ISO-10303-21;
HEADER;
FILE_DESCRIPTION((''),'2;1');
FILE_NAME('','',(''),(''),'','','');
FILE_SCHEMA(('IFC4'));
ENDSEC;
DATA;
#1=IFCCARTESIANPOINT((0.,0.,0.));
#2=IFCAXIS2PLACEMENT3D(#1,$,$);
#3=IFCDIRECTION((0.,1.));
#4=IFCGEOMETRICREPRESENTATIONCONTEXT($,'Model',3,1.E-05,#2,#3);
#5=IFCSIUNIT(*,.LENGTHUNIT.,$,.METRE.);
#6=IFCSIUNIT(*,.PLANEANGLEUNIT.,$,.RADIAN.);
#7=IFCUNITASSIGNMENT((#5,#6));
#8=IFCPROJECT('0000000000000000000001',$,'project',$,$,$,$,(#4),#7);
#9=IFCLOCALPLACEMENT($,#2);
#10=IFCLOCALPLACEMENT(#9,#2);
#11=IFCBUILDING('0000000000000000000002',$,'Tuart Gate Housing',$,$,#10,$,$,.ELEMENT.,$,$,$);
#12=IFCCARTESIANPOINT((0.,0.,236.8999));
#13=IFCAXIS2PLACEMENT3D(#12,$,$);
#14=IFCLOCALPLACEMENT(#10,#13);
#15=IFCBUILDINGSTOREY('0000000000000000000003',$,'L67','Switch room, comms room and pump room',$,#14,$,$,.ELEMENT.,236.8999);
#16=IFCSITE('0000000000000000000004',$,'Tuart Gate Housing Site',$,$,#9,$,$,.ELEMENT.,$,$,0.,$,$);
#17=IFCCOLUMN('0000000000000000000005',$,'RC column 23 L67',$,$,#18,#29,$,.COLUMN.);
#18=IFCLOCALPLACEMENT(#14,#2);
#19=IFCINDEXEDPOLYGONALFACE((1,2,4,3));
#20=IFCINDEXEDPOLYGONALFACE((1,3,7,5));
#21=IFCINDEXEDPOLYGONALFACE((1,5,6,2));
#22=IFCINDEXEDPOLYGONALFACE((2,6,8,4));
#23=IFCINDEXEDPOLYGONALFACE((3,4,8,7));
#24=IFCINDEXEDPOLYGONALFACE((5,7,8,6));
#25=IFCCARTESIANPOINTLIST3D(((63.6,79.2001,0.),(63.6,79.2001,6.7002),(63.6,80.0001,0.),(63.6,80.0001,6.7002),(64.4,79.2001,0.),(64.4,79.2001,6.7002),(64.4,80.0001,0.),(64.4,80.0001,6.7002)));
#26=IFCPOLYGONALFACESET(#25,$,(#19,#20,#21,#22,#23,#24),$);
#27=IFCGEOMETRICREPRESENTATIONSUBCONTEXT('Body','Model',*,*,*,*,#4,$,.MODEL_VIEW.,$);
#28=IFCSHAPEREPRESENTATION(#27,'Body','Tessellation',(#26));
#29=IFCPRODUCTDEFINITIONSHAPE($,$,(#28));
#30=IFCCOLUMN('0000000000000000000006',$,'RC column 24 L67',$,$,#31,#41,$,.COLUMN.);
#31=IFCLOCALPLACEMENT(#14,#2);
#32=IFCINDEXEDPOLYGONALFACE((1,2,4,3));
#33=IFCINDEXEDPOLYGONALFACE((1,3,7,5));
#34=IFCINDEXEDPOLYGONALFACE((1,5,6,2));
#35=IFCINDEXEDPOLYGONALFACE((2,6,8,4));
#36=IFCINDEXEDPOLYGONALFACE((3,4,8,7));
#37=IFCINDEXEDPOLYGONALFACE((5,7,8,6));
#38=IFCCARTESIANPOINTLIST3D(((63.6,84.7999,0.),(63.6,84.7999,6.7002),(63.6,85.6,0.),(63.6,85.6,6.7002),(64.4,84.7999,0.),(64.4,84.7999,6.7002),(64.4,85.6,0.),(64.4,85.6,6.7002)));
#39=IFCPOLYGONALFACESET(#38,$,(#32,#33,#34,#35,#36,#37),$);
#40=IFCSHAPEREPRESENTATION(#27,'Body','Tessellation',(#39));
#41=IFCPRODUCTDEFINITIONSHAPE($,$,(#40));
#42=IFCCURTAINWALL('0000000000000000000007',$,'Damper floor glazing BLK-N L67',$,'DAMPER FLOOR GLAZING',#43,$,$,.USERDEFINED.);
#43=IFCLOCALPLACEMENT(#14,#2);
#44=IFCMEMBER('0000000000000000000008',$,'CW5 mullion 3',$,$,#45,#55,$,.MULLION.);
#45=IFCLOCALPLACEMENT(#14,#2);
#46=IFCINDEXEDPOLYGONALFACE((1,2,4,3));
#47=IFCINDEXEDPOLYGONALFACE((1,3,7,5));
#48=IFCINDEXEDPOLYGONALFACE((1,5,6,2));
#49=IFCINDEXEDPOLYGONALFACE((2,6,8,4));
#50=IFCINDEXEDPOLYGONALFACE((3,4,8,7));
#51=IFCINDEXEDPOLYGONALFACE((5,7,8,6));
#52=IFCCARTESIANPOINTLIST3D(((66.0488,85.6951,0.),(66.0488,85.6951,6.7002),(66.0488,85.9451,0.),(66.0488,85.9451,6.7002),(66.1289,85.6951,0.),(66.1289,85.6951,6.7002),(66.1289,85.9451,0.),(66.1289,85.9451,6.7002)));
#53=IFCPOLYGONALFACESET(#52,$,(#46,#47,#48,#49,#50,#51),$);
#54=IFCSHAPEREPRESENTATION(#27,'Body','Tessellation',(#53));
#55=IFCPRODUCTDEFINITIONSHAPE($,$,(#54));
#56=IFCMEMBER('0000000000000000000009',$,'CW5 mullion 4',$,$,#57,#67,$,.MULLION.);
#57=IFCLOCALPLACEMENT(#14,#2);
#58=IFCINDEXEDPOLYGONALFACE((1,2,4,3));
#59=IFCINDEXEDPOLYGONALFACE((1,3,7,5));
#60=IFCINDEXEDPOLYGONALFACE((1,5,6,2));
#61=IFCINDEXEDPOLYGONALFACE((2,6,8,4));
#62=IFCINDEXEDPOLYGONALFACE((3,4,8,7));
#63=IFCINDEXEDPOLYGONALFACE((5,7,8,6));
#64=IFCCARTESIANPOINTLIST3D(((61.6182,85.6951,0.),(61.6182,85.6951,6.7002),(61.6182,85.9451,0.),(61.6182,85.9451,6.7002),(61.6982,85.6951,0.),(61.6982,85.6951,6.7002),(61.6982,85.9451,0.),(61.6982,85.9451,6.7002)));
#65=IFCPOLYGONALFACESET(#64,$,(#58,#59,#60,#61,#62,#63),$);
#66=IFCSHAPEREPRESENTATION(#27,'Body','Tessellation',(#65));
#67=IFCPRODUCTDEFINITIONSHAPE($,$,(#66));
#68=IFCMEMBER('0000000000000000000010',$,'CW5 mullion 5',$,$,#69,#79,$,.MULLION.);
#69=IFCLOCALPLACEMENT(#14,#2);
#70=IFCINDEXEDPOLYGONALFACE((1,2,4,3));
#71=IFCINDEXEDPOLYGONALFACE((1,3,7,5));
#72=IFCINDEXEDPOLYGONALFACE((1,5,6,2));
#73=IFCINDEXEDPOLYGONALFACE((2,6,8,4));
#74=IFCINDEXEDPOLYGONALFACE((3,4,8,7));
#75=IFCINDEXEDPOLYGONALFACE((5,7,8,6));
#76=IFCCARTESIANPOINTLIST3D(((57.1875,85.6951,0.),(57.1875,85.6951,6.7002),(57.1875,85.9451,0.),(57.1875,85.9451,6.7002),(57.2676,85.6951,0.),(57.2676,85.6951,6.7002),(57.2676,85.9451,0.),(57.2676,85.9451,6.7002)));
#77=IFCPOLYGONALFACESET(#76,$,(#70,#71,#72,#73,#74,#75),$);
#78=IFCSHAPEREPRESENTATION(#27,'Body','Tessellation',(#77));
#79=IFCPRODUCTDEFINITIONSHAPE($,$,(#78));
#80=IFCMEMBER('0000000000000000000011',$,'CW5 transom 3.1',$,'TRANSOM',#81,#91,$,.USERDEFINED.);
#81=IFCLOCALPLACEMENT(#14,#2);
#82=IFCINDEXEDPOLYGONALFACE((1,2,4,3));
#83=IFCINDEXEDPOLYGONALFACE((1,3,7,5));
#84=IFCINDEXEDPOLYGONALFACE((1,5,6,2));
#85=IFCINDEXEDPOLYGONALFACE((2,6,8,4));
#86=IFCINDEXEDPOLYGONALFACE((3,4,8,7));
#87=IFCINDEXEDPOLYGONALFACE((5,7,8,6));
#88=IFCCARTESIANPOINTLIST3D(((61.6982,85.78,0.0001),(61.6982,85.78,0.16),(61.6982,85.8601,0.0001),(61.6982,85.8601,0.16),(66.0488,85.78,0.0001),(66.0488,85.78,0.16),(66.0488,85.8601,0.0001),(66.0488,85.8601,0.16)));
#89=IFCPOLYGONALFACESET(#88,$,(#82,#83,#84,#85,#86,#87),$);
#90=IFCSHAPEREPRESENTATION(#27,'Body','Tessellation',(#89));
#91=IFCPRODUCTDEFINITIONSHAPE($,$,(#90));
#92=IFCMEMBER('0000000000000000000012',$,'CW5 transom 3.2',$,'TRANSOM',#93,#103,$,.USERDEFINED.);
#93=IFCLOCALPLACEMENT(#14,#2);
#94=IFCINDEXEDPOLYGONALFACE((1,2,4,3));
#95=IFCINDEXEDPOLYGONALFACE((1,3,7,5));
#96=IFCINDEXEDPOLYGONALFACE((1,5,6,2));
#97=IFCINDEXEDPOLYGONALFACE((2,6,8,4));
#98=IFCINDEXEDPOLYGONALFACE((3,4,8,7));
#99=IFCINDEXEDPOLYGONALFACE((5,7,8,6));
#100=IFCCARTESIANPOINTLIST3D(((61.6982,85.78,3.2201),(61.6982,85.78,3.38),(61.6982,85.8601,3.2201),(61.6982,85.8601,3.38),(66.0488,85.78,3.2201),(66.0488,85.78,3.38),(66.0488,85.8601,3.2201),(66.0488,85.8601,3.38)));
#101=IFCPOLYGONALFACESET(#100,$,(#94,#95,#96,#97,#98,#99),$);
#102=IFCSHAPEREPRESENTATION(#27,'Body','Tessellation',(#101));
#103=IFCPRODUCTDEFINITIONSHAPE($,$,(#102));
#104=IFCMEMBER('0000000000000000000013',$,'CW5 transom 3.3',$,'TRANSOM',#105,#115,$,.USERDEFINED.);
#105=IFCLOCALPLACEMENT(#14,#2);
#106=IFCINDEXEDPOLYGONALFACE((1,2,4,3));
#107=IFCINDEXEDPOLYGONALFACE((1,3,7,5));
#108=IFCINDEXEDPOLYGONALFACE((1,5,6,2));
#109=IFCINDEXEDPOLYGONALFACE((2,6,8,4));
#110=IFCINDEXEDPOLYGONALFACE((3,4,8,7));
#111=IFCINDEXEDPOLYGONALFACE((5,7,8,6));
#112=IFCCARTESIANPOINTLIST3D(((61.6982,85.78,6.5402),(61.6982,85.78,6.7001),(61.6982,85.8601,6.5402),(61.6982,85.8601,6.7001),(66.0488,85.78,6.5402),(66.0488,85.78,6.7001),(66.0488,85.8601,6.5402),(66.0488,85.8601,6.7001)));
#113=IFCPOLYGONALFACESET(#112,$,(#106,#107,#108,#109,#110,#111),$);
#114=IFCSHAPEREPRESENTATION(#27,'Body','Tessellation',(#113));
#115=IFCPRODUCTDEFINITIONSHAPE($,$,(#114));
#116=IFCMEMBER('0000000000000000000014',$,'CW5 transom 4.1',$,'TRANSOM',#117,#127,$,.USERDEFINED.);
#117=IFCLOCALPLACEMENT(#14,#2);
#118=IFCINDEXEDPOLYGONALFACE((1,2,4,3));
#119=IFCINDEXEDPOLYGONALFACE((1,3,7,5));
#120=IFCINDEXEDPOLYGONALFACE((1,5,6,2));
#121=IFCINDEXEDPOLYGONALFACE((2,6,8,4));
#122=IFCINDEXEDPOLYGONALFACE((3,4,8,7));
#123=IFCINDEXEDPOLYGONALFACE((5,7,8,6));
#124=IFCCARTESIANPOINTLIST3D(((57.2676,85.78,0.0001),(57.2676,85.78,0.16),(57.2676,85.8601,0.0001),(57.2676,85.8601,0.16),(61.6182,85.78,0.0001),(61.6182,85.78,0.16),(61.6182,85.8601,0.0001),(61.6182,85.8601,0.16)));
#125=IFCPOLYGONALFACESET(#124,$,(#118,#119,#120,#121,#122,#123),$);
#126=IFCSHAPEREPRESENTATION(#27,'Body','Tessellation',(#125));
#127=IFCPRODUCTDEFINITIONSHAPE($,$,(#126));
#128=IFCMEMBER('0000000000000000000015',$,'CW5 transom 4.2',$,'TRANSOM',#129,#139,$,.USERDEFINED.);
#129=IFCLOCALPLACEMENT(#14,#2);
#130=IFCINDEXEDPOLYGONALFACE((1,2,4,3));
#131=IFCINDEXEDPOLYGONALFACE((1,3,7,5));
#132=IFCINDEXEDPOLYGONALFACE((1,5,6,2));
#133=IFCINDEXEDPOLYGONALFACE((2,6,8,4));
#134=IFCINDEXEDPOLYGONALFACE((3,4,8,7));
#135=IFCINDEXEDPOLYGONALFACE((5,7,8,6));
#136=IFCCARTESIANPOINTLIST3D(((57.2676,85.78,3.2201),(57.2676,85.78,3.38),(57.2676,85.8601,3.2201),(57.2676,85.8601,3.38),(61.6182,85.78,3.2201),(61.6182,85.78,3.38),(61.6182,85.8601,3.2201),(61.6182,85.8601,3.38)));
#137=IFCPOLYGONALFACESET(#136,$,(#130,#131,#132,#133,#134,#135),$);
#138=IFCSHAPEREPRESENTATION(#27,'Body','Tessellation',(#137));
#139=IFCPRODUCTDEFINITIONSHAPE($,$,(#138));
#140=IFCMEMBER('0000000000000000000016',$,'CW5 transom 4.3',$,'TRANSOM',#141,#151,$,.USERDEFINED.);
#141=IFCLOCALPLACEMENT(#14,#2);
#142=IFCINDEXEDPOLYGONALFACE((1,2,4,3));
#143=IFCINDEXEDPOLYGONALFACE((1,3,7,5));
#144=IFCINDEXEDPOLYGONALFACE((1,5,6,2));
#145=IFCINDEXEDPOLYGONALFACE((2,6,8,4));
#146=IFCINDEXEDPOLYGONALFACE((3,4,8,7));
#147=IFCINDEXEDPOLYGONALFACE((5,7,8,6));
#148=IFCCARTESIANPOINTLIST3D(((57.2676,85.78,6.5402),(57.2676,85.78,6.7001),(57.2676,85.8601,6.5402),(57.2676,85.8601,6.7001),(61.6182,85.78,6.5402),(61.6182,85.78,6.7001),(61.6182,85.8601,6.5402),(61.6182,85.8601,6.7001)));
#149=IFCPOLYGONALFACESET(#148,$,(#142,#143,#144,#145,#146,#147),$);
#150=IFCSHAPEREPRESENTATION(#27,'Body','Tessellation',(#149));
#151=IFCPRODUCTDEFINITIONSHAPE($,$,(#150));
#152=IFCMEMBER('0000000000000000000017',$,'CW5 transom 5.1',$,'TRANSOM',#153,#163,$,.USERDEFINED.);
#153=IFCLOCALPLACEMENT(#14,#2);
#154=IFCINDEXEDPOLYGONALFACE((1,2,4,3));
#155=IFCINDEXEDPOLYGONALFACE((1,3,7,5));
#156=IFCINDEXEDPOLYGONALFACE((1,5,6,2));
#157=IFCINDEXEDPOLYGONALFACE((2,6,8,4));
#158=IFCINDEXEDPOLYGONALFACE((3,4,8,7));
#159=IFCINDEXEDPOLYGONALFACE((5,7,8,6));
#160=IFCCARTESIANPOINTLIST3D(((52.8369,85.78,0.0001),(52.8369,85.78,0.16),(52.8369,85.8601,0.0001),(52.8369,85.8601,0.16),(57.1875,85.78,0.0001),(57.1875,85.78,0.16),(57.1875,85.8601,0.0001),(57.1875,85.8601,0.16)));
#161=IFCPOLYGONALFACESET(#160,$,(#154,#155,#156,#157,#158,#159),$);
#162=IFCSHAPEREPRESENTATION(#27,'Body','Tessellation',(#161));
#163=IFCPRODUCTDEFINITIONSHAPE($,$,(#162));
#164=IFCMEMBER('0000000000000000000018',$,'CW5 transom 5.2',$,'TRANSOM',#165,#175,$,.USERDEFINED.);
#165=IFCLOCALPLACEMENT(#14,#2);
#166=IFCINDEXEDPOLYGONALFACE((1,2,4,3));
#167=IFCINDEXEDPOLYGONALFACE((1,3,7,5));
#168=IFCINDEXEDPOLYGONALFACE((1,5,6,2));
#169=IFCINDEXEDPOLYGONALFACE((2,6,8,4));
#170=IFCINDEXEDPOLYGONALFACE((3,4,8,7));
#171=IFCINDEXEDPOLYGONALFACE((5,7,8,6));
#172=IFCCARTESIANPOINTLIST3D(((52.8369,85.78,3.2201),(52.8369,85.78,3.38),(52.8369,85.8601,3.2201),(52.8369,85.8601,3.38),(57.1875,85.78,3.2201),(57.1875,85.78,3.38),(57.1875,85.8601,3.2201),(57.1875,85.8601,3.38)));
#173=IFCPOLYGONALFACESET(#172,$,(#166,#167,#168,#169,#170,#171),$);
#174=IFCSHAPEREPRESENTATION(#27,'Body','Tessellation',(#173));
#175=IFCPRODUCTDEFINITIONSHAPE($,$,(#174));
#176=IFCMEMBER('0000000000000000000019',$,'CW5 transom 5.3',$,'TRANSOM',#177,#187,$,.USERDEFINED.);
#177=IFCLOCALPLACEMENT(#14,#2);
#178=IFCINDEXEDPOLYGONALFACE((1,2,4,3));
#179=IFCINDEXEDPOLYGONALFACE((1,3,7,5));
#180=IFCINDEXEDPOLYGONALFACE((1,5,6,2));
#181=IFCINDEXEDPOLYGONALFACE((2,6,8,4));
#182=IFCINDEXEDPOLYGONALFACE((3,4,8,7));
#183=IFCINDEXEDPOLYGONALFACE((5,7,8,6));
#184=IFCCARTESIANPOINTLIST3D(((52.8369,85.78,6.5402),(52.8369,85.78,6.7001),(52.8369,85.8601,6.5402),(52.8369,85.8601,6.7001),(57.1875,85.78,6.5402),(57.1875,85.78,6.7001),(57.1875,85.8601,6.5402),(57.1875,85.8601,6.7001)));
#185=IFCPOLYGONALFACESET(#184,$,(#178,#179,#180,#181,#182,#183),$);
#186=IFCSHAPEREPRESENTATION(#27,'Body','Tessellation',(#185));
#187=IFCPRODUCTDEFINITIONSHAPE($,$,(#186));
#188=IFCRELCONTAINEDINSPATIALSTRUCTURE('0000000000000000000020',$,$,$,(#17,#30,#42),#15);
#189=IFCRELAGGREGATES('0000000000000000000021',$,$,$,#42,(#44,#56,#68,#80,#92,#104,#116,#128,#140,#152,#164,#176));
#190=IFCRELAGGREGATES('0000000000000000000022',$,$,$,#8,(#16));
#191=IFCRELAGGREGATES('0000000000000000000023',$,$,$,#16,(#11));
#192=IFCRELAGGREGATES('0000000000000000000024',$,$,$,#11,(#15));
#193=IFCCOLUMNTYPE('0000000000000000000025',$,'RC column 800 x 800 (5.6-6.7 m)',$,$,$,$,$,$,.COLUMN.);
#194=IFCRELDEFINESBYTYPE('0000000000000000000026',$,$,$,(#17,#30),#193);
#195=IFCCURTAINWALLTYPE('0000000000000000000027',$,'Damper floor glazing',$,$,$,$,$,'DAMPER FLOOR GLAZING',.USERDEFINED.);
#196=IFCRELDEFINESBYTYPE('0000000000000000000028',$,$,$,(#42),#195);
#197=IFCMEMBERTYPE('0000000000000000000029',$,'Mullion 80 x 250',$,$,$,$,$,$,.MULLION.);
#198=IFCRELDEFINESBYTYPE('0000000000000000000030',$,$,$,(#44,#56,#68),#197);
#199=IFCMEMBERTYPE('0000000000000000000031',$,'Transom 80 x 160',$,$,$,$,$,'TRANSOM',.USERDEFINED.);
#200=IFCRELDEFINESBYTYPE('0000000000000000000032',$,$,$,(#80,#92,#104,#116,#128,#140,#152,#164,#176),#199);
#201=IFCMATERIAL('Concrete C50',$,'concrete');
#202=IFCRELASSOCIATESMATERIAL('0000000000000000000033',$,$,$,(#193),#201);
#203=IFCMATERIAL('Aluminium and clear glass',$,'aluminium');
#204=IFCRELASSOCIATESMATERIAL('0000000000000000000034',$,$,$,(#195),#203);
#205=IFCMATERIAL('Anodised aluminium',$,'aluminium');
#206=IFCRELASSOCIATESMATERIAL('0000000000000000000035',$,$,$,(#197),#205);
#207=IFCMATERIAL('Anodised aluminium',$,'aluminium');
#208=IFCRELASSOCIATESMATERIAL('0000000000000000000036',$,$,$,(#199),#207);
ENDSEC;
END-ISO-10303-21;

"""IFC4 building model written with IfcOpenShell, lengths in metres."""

from ifc_helpers import new_model, si_unit, direction, frame, origin, origin_2d, place, context, subcontext, project, spatial, rectangle, extrude, material, material_profile, profile_set, type_object, element, aggregate, save


model = new_model("IFC4")

# Units and contexts
model_context = context("Model", 3, precision=1e-05, world=origin(), true_north=direction((0.0, 1.0)))
body_context = subcontext(model_context, "Body", "Model", "MODEL_VIEW")
ifc_project = project(units=[si_unit("LENGTHUNIT", "METRE"), si_unit("PLANEANGLEUNIT", "RADIAN")], contexts=[model_context])

# Site, building, storey
site_placement = place(None, origin())
site = spatial("IfcSite", under=ifc_project, at=site_placement, Name="Tuart Gate Housing Site", CompositionType="ELEMENT", RefElevation=0.0)
building_placement = place(site_placement, origin())
building = spatial("IfcBuilding", under=site, at=building_placement, Name="Tuart Gate Housing", CompositionType="ELEMENT")
storey_placement = place(building_placement, frame((0.0, 0.0, 236.8999)))
storey = spatial("IfcBuildingStorey", under=building, at=storey_placement, Name="L67", Description="Switch room, comms room and pump room", CompositionType="ELEMENT", Elevation=236.8999)

# Columns
ifc_material_1 = material(Name="Concrete C50", Category="concrete")
ifc_material_profile_1 = material_profile(ifc_material_1, rectangle(XDim=0.8, YDim=0.8, at=origin_2d()), Name="RC column 800 x 800 (5.6-6.7 m)")
ifc_profile_set_1 = profile_set([ifc_material_profile_1], Name="Concrete C50")
column_type = type_object("IfcColumnType", Name="RC column 800 x 800 (5.6-6.7 m)", PredefinedType="COLUMN", material=ifc_profile_set_1)
for number, where, z_axis, x_axis, name in (
    (1, (64.0, 79.6001, 0.0), (0.0, 0.0, 1.0), (1.0, 0.0, 0.0), "RC column 23 L67"),
    (2, (64.0, 85.2, 0.0), (0.0, 0.0, 1.0), (1.0, 0.0, 0.0), "RC column 24 L67"),
):
    element("IfcColumn", number, at=place(storey_placement, frame(where, z_axis=z_axis, x_axis=x_axis)), inside=storey, type_object=column_type, Name=name, PredefinedType="COLUMN", context=body_context, shape_type="SweptSolid", body=[
        extrude(rectangle(XDim=0.8, YDim=0.8, at=origin_2d()), origin(), (0.0, 0.0, 1.0), 6.7002),
    ])

# Curtain wall, members
ifc_material_2 = material(Name="Aluminium and clear glass", Category="aluminium")
curtain_wall_type = type_object("IfcCurtainWallType", Name="Damper floor glazing", ElementType="DAMPER FLOOR GLAZING", PredefinedType="USERDEFINED", material=ifc_material_2)
curtain_wall_placement = place(storey_placement, origin())
curtain_wall = element("IfcCurtainWall", 3, at=curtain_wall_placement, inside=storey, type_object=curtain_wall_type, Name="Damper floor glazing BLK-N L67", ObjectType="DAMPER FLOOR GLAZING", PredefinedType="USERDEFINED")
ifc_material_3 = material(Name="Anodised aluminium", Category="aluminium")
ifc_material_profile_2 = material_profile(ifc_material_3, rectangle(XDim=0.0801, YDim=0.25, at=origin_2d()), Name="80x250")
ifc_profile_set_2 = profile_set([ifc_material_profile_2], Name="Anodised aluminium")
member_type_1 = type_object("IfcMemberType", Name="Mullion 80 x 250", PredefinedType="MULLION", material=ifc_profile_set_2)
member_1_placement = place(storey_placement, frame((66.0889, 85.8201, 0.0), z_axis=(0.0, 0.0, 1.0), x_axis=(-1.0, 0.0, 0.0)))
member_1 = element("IfcMember", 4, at=member_1_placement, type_object=member_type_1, Name="CW5 mullion 3", PredefinedType="MULLION", context=body_context, shape_type="SweptSolid", body=[
    extrude(rectangle(XDim=0.0801, YDim=0.25, at=origin_2d()), origin(), (0.0, 0.0, 1.0), 6.7002),
])
member_2_placement = place(storey_placement, frame((61.6582, 85.8201, 0.0), z_axis=(0.0, 0.0, 1.0), x_axis=(-1.0, 0.0, 0.0)))
member_2 = element("IfcMember", 5, at=member_2_placement, type_object=member_type_1, Name="CW5 mullion 4", PredefinedType="MULLION", context=body_context, shape_type="SweptSolid", body=[
    extrude(rectangle(XDim=0.0801, YDim=0.25, at=origin_2d()), origin(), (0.0, 0.0, 1.0), 6.7002),
])
member_3_placement = place(storey_placement, frame((57.2275, 85.8201, 0.0), z_axis=(0.0, 0.0, 1.0), x_axis=(-1.0, 0.0, 0.0)))
member_3 = element("IfcMember", 6, at=member_3_placement, type_object=member_type_1, Name="CW5 mullion 5", PredefinedType="MULLION", context=body_context, shape_type="SweptSolid", body=[
    extrude(rectangle(XDim=0.0801, YDim=0.25, at=origin_2d()), origin(), (0.0, 0.0, 1.0), 6.7002),
])
ifc_material_4 = material(Name="Anodised aluminium", Category="aluminium")
ifc_material_profile_3 = material_profile(ifc_material_4, rectangle(XDim=0.0801, YDim=0.1599, at=origin_2d()), Name="80x160")
ifc_profile_set_3 = profile_set([ifc_material_profile_3], Name="Anodised aluminium")
member_type_2 = type_object("IfcMemberType", Name="Transom 80 x 160", ElementType="TRANSOM", PredefinedType="USERDEFINED", material=ifc_profile_set_3)
member_4_placement = place(storey_placement, frame((66.0488, 85.8201, 0.0801), z_axis=(-1.0, 0.0, 0.0), x_axis=(0.0, -1.0, 0.0)))
member_4 = element("IfcMember", 7, at=member_4_placement, type_object=member_type_2, Name="CW5 transom 3.1", ObjectType="TRANSOM", PredefinedType="USERDEFINED", context=body_context, shape_type="SweptSolid", body=[
    extrude(rectangle(XDim=0.0801, YDim=0.1599, at=origin_2d()), origin(), (0.0, 0.0, 1.0), 4.3506),
])
member_5_placement = place(storey_placement, frame((66.0488, 85.8201, 3.3), z_axis=(-1.0, 0.0, 0.0), x_axis=(0.0, -1.0, 0.0)))
member_5 = element("IfcMember", 8, at=member_5_placement, type_object=member_type_2, Name="CW5 transom 3.2", ObjectType="TRANSOM", PredefinedType="USERDEFINED", context=body_context, shape_type="SweptSolid", body=[
    extrude(rectangle(XDim=0.0801, YDim=0.1599, at=origin_2d()), origin(), (0.0, 0.0, 1.0), 4.3506),
])
member_6_placement = place(storey_placement, frame((66.0488, 85.8201, 6.6201), z_axis=(-1.0, 0.0, 0.0), x_axis=(0.0, -1.0, 0.0)))
member_6 = element("IfcMember", 9, at=member_6_placement, type_object=member_type_2, Name="CW5 transom 3.3", ObjectType="TRANSOM", PredefinedType="USERDEFINED", context=body_context, shape_type="SweptSolid", body=[
    extrude(rectangle(XDim=0.0801, YDim=0.1599, at=origin_2d()), origin(), (0.0, 0.0, 1.0), 4.3506),
])
member_7_placement = place(storey_placement, frame((61.6182, 85.8201, 0.0801), z_axis=(-1.0, 0.0, 0.0), x_axis=(0.0, -1.0, 0.0)))
member_7 = element("IfcMember", 10, at=member_7_placement, type_object=member_type_2, Name="CW5 transom 4.1", ObjectType="TRANSOM", PredefinedType="USERDEFINED", context=body_context, shape_type="SweptSolid", body=[
    extrude(rectangle(XDim=0.0801, YDim=0.1599, at=origin_2d()), origin(), (0.0, 0.0, 1.0), 4.3506),
])
member_8_placement = place(storey_placement, frame((61.6182, 85.8201, 3.3), z_axis=(-1.0, 0.0, 0.0), x_axis=(0.0, -1.0, 0.0)))
member_8 = element("IfcMember", 11, at=member_8_placement, type_object=member_type_2, Name="CW5 transom 4.2", ObjectType="TRANSOM", PredefinedType="USERDEFINED", context=body_context, shape_type="SweptSolid", body=[
    extrude(rectangle(XDim=0.0801, YDim=0.1599, at=origin_2d()), origin(), (0.0, 0.0, 1.0), 4.3506),
])
member_9_placement = place(storey_placement, frame((61.6182, 85.8201, 6.6201), z_axis=(-1.0, 0.0, 0.0), x_axis=(0.0, -1.0, 0.0)))
member_9 = element("IfcMember", 12, at=member_9_placement, type_object=member_type_2, Name="CW5 transom 4.3", ObjectType="TRANSOM", PredefinedType="USERDEFINED", context=body_context, shape_type="SweptSolid", body=[
    extrude(rectangle(XDim=0.0801, YDim=0.1599, at=origin_2d()), origin(), (0.0, 0.0, 1.0), 4.3506),
])
member_10_placement = place(storey_placement, frame((57.1875, 85.8201, 0.0801), z_axis=(-1.0, 0.0, 0.0), x_axis=(0.0, -1.0, 0.0)))
member_10 = element("IfcMember", 13, at=member_10_placement, type_object=member_type_2, Name="CW5 transom 5.1", ObjectType="TRANSOM", PredefinedType="USERDEFINED", context=body_context, shape_type="SweptSolid", body=[
    extrude(rectangle(XDim=0.0801, YDim=0.1599, at=origin_2d()), origin(), (0.0, 0.0, 1.0), 4.3506),
])
member_11_placement = place(storey_placement, frame((57.1875, 85.8201, 3.3), z_axis=(-1.0, 0.0, 0.0), x_axis=(0.0, -1.0, 0.0)))
member_11 = element("IfcMember", 14, at=member_11_placement, type_object=member_type_2, Name="CW5 transom 5.2", ObjectType="TRANSOM", PredefinedType="USERDEFINED", context=body_context, shape_type="SweptSolid", body=[
    extrude(rectangle(XDim=0.0801, YDim=0.1599, at=origin_2d()), origin(), (0.0, 0.0, 1.0), 4.3506),
])
member_12_placement = place(storey_placement, frame((57.1875, 85.8201, 6.6201), z_axis=(-1.0, 0.0, 0.0), x_axis=(0.0, -1.0, 0.0)))
member_12 = element("IfcMember", 15, at=member_12_placement, type_object=member_type_2, Name="CW5 transom 5.3", ObjectType="TRANSOM", PredefinedType="USERDEFINED", context=body_context, shape_type="SweptSolid", body=[
    extrude(rectangle(XDim=0.0801, YDim=0.1599, at=origin_2d()), origin(), (0.0, 0.0, 1.0), 4.3506),
])
aggregate(curtain_wall, [member_1, member_2, member_3, member_4, member_5, member_6, member_7, member_8, member_9, member_10, member_11, member_12])

save(model, "model.ifc")
